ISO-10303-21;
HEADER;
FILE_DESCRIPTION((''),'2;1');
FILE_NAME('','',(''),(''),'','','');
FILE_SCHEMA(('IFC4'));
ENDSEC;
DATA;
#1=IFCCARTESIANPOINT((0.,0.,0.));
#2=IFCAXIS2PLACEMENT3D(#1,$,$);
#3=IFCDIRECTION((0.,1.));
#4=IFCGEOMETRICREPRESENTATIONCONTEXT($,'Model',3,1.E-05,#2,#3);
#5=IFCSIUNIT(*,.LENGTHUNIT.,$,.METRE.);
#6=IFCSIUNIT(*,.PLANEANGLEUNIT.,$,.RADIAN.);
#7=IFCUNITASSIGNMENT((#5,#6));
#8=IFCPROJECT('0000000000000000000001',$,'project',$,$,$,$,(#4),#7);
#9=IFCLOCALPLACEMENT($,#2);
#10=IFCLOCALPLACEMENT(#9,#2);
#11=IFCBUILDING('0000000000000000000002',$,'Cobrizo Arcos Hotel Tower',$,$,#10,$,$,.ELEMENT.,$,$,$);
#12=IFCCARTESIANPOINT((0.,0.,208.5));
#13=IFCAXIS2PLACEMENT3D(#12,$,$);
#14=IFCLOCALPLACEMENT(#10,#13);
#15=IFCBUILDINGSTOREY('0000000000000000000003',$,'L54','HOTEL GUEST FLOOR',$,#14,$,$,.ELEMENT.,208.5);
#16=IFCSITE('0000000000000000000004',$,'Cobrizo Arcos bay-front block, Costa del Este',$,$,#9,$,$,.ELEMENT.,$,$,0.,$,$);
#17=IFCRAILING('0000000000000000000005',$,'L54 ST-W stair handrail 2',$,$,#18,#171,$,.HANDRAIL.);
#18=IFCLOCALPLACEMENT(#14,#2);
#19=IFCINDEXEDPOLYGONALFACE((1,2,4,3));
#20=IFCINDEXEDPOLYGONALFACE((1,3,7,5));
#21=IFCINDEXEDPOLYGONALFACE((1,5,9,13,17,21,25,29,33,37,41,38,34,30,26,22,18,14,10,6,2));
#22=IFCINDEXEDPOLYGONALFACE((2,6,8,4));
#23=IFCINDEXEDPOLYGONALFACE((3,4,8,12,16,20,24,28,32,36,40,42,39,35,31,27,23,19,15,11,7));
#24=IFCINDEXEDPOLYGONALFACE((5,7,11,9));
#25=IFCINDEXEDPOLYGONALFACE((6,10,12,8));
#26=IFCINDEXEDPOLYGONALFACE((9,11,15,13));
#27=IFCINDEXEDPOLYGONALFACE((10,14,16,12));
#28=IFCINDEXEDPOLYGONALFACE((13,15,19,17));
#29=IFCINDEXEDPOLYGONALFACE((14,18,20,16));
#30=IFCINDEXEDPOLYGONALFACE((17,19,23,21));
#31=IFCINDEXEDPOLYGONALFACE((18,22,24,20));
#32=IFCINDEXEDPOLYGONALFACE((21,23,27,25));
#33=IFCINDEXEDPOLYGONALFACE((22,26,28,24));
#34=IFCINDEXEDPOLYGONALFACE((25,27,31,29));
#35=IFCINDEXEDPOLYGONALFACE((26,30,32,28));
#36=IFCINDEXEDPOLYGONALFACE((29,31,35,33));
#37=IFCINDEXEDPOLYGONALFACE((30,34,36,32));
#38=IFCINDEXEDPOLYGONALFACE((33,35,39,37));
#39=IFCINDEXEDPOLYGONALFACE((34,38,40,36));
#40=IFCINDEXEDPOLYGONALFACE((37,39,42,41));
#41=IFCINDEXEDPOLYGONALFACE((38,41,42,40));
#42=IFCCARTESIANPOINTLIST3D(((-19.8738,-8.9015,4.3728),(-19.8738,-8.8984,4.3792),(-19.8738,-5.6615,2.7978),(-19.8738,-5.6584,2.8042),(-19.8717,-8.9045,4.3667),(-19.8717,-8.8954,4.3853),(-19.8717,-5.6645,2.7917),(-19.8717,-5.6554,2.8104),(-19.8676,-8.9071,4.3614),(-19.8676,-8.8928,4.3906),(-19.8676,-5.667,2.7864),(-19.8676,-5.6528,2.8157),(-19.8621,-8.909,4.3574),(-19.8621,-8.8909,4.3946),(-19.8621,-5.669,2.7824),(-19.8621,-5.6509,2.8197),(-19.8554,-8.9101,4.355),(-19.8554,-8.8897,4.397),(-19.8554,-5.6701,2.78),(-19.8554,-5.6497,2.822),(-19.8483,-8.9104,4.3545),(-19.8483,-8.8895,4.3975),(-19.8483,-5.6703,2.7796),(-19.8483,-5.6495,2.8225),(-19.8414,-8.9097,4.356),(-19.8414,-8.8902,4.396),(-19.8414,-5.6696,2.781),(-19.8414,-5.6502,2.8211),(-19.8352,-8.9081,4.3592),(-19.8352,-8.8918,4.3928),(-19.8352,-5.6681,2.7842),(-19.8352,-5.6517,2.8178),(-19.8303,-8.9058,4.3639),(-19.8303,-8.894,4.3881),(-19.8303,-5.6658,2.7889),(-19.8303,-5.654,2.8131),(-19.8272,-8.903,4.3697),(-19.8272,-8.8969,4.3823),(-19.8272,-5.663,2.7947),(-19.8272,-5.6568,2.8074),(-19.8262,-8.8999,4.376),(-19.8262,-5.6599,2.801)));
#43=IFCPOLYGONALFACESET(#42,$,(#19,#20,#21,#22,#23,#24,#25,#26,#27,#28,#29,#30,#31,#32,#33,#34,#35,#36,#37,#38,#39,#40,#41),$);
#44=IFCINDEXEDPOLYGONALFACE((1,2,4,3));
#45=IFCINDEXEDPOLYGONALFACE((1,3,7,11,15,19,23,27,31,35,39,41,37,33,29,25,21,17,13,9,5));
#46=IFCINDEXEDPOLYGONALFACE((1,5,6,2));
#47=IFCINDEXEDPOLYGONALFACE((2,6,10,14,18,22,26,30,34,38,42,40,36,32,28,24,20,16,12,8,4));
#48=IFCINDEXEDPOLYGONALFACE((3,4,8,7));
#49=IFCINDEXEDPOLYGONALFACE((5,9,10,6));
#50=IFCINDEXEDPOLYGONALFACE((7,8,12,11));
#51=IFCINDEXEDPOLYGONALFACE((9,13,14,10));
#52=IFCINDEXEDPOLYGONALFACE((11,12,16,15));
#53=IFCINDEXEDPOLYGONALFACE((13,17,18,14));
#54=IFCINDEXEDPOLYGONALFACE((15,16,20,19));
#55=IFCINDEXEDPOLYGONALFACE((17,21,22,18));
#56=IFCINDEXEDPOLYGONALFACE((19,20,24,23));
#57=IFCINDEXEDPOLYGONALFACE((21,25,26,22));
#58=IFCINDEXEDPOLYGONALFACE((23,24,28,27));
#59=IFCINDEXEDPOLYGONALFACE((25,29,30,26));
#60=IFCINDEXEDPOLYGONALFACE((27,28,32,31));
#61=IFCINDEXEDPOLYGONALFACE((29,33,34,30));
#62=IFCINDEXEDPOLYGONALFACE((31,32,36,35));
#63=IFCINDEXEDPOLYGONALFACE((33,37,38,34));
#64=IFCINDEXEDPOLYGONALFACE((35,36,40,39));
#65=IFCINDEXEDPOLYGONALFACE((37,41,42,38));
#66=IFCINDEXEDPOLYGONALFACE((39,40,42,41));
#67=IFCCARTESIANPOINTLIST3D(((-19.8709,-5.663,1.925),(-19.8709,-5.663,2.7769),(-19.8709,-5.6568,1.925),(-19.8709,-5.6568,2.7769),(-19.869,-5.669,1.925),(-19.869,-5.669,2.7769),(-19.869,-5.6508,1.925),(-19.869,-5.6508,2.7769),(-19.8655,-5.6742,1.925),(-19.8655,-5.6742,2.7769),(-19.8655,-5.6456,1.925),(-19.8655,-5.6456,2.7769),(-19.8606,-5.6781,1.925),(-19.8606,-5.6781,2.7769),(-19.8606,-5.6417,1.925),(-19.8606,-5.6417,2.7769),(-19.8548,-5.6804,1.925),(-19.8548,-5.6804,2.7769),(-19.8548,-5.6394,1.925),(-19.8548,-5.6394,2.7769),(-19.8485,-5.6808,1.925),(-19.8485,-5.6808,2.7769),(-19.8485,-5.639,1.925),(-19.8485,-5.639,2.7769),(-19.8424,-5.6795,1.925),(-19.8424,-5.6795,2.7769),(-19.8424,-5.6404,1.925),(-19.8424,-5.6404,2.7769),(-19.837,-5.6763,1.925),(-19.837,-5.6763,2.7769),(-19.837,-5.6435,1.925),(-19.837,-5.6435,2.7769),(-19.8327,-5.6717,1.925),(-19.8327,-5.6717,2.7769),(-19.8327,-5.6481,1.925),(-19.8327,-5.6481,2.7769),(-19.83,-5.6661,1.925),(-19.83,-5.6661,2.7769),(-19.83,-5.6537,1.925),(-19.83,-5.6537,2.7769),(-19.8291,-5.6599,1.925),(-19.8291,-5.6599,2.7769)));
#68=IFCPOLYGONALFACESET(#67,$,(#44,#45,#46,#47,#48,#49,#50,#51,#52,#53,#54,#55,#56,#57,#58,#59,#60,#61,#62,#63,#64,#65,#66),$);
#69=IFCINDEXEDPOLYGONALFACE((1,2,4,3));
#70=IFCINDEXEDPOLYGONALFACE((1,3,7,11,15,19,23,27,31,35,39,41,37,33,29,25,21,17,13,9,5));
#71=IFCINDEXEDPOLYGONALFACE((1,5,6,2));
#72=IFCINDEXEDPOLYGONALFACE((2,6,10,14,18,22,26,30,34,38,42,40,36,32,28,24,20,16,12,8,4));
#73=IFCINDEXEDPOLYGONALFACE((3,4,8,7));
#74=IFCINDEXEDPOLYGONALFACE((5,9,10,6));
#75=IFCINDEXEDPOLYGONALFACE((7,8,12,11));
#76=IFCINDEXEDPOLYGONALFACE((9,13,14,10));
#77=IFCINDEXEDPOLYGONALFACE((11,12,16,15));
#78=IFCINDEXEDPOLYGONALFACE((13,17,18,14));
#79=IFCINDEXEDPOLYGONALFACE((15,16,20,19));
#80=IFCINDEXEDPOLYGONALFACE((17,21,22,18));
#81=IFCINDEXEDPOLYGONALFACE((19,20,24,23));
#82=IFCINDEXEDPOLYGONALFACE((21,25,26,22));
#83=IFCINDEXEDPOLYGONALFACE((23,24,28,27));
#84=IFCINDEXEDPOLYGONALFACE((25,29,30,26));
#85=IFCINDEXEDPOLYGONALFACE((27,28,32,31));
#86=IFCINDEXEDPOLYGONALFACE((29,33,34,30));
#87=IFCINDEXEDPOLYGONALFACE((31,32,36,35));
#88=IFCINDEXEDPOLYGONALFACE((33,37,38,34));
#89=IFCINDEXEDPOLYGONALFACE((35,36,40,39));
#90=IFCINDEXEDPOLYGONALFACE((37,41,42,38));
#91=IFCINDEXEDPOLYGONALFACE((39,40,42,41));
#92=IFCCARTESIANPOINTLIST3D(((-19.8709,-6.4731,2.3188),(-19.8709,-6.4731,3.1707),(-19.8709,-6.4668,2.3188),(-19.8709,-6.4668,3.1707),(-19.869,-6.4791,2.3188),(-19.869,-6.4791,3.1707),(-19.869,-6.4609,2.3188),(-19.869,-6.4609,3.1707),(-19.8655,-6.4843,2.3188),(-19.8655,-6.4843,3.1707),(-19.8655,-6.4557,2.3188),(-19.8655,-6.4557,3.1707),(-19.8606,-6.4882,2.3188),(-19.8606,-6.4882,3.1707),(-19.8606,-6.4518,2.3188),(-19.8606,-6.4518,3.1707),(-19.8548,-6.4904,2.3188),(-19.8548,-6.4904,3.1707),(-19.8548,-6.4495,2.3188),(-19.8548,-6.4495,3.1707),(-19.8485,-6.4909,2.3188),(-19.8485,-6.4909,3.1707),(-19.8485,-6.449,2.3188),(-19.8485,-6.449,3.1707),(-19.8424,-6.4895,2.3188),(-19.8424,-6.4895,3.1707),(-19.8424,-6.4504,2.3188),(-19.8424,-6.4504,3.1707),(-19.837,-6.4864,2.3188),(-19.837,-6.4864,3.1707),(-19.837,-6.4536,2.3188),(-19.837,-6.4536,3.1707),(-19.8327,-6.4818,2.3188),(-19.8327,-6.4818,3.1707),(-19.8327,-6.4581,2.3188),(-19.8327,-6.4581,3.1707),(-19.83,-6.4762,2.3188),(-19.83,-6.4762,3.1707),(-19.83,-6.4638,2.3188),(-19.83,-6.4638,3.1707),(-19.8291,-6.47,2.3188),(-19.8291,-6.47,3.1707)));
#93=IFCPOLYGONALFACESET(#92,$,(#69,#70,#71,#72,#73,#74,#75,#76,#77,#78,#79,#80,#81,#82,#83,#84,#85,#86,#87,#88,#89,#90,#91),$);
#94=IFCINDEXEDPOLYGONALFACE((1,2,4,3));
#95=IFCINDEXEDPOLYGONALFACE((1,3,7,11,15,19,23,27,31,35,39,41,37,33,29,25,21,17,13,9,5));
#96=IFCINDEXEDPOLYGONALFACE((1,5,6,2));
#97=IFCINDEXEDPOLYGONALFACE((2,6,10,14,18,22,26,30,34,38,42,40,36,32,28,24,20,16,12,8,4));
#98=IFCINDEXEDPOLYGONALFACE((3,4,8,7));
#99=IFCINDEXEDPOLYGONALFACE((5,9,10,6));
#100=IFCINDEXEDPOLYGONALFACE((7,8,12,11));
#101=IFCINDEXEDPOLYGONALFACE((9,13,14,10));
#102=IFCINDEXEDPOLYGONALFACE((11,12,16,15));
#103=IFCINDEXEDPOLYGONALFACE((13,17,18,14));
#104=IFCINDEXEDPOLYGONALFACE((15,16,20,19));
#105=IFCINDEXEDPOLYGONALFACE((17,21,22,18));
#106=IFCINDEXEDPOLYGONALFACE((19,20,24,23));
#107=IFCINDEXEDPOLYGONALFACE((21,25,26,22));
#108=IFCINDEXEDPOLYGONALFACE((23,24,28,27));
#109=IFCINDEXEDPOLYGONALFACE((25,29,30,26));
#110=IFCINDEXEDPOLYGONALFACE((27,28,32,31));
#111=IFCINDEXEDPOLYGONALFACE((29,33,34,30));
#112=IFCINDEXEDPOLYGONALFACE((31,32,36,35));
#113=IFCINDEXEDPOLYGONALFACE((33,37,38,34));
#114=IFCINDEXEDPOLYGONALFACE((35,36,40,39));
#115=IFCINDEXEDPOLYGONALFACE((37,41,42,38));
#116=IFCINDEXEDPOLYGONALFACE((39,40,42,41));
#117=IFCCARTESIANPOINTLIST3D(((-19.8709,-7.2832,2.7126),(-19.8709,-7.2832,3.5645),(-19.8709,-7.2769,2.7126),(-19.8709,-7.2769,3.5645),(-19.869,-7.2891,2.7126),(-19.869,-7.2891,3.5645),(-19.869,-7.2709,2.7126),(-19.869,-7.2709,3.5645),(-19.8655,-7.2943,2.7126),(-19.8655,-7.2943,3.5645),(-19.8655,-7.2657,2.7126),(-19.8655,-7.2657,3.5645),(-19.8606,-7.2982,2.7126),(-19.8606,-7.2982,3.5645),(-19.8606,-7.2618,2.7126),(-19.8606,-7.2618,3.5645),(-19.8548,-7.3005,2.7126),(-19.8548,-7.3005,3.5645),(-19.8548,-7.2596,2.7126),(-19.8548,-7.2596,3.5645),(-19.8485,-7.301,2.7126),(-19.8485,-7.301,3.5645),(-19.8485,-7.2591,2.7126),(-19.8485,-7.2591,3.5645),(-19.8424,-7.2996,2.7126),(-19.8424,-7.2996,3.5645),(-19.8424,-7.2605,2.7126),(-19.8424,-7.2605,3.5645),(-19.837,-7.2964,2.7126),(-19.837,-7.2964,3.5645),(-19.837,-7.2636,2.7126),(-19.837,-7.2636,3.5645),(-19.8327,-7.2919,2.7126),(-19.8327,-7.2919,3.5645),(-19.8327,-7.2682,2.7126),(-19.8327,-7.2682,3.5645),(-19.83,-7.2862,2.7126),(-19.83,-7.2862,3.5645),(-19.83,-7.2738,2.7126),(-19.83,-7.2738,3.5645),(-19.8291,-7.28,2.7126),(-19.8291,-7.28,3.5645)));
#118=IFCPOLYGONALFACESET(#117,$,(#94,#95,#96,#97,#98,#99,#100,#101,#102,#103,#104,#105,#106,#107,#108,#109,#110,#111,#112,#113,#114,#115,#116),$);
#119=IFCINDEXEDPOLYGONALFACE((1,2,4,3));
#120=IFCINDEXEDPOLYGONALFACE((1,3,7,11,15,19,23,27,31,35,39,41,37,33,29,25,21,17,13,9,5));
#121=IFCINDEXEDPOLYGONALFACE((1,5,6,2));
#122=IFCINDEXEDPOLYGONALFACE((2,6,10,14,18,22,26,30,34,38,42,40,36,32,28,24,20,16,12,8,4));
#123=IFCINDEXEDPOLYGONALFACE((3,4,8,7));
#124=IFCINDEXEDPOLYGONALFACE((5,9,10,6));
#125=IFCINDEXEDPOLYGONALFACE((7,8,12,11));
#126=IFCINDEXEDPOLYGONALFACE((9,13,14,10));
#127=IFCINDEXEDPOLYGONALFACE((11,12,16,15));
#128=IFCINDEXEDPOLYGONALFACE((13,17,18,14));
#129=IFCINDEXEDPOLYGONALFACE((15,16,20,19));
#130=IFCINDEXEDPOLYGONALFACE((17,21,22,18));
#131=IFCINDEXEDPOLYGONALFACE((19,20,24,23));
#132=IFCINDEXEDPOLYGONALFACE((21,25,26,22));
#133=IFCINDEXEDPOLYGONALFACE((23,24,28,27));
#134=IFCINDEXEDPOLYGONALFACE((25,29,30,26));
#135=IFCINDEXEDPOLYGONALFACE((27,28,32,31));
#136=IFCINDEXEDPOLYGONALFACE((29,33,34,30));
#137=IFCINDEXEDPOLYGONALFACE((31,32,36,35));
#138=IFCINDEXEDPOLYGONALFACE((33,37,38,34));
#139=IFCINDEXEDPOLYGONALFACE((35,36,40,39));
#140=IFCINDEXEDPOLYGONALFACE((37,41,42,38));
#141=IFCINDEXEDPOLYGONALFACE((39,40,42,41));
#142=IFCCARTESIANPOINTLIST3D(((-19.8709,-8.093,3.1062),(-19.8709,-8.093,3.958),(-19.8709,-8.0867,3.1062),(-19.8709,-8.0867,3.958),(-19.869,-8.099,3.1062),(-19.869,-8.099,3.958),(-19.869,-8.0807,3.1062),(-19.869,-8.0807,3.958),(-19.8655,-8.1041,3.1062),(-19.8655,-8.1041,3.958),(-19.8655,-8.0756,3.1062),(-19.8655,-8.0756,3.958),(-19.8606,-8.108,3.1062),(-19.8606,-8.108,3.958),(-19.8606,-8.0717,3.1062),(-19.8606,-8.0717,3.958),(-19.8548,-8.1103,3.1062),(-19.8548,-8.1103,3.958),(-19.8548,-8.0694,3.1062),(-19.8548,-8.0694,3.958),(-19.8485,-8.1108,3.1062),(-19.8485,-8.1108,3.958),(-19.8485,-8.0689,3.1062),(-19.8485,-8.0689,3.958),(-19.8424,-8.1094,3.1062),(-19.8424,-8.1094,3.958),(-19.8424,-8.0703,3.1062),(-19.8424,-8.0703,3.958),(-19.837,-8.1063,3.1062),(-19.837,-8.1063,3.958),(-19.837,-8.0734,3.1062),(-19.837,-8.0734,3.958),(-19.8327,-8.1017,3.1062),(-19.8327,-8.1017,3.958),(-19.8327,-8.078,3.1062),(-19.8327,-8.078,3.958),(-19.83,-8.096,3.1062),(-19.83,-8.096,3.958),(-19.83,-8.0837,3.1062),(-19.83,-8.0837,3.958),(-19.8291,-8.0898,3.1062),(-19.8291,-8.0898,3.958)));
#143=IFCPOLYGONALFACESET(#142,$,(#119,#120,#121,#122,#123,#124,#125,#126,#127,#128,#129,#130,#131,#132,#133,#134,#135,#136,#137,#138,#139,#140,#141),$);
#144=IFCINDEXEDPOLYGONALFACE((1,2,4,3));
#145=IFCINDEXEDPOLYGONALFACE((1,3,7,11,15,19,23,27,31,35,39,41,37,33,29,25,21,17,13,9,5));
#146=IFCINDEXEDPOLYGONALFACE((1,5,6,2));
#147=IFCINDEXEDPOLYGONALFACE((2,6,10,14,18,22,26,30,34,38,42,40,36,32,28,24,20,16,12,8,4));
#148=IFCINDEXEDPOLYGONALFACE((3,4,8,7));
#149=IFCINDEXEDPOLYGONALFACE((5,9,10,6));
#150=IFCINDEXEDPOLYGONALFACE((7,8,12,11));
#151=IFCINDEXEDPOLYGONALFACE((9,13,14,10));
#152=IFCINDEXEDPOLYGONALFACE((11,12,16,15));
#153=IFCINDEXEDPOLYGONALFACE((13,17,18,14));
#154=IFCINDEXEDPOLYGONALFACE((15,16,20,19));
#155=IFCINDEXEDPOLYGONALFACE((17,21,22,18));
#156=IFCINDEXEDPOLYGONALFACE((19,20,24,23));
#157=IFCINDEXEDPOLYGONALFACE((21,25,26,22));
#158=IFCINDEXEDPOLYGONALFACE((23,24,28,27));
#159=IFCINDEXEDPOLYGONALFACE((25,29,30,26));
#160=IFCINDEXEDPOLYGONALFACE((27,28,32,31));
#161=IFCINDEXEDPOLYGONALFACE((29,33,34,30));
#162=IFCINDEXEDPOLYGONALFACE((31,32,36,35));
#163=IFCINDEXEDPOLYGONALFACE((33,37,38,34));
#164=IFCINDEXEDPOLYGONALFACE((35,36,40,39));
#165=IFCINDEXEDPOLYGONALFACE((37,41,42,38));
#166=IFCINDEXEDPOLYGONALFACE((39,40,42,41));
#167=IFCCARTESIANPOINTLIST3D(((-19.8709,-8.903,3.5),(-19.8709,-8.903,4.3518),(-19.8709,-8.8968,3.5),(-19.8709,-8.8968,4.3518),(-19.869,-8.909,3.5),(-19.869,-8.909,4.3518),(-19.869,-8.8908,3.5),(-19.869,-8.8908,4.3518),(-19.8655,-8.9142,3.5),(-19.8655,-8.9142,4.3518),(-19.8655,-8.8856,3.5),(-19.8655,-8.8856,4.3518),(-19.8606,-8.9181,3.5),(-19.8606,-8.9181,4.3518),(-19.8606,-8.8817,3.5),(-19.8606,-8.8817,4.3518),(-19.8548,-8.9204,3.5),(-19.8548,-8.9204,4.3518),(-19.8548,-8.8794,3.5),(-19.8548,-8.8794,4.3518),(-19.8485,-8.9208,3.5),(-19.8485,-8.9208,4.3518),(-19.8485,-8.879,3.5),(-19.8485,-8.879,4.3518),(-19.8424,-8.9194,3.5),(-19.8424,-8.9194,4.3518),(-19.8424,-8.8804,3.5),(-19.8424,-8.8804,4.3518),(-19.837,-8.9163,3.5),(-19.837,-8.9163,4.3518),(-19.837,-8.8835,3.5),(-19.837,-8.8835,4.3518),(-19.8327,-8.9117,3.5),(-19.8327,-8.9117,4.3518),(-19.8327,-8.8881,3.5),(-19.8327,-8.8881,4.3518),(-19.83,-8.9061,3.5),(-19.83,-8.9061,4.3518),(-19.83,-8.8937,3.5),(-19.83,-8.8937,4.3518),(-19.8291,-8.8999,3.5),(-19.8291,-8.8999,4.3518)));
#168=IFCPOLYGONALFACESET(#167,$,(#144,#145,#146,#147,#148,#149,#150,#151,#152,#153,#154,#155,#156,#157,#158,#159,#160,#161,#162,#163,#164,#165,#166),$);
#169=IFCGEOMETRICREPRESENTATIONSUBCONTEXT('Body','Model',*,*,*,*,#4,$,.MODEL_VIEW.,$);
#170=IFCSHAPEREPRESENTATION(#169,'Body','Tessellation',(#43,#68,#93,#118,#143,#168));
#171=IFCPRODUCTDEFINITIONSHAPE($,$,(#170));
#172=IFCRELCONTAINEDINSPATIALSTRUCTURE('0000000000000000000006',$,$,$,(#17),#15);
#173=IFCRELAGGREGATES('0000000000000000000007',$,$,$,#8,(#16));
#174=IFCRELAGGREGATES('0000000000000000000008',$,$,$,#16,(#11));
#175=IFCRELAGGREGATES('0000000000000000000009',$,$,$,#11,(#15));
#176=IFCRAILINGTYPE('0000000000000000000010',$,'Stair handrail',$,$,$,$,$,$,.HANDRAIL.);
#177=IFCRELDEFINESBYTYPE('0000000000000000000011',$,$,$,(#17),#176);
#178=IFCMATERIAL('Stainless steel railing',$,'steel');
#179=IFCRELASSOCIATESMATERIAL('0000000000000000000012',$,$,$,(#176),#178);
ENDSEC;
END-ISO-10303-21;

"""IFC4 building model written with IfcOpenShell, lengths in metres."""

from ifc_helpers import new_model, si_unit, direction, frame, origin, origin_2d, place, context, subcontext, project, spatial, circle, extrude, material, type_object, element, save


model = new_model("IFC4")

# Units and contexts
model_context = context("Model", 3, precision=1e-05, world=origin(), true_north=direction((0.0, 1.0)))
body_context = subcontext(model_context, "Body", "Model", "MODEL_VIEW")
ifc_project = project(units=[si_unit("LENGTHUNIT", "METRE"), si_unit("PLANEANGLEUNIT", "RADIAN")], contexts=[model_context])

# Site, building, storey
site_placement = place(None, origin())
site = spatial("IfcSite", under=ifc_project, at=site_placement, Name="Cobrizo Arcos bay-front block, Costa del Este", CompositionType="ELEMENT", RefElevation=0.0)
building_placement = place(site_placement, origin())
building = spatial("IfcBuilding", under=site, at=building_placement, Name="Cobrizo Arcos Hotel Tower", CompositionType="ELEMENT")
storey_placement = place(building_placement, frame((0.0, 0.0, 208.5)))
storey = spatial("IfcBuildingStorey", under=building, at=storey_placement, Name="L54", Description="HOTEL GUEST FLOOR", CompositionType="ELEMENT", Elevation=208.5)

# Railing
ifc_material_1 = material(Name="Stainless steel railing", Category="steel")
railing_type_1 = type_object("IfcRailingType", Name="Stair handrail", PredefinedType="HANDRAIL", material=ifc_material_1)
railing_1_placement = place(storey_placement, frame((-19.8501, -5.6599, 1.925)))
element("IfcRailing", 1, at=railing_1_placement, inside=storey, type_object=railing_type_1, Name="L54 ST-W stair handrail 2", PredefinedType="HANDRAIL", context=body_context, shape_type="SweptSolid", body=[
    extrude(circle(Radius=0.0239, at=origin_2d()), frame((0.0, 0.0, 0.876), z_axis=(0.0, -0.899373, 0.437183), x_axis=(1.0, 0.0, 0.0)), (0.0, 0.0, 1.0), 3.6025),
    extrude(circle(Radius=0.021, at=origin_2d()), origin(), (0.0, 0.0, 1.0), 0.8518),
    extrude(circle(Radius=0.021, at=origin_2d()), frame((0.0, -0.8101, 0.3938)), (0.0, 0.0, 1.0), 0.8518),
    extrude(circle(Radius=0.021, at=origin_2d()), frame((0.0, -1.6201, 0.7876)), (0.0, 0.0, 1.0), 0.8518),
    extrude(circle(Radius=0.021, at=origin_2d()), frame((0.0, -2.4299, 1.1812)), (0.0, 0.0, 1.0), 0.8518),
    extrude(circle(Radius=0.021, at=origin_2d()), frame((0.0, -3.24, 1.575)), (0.0, 0.0, 1.0), 0.8518),
])

save(model, "model.ifc")
